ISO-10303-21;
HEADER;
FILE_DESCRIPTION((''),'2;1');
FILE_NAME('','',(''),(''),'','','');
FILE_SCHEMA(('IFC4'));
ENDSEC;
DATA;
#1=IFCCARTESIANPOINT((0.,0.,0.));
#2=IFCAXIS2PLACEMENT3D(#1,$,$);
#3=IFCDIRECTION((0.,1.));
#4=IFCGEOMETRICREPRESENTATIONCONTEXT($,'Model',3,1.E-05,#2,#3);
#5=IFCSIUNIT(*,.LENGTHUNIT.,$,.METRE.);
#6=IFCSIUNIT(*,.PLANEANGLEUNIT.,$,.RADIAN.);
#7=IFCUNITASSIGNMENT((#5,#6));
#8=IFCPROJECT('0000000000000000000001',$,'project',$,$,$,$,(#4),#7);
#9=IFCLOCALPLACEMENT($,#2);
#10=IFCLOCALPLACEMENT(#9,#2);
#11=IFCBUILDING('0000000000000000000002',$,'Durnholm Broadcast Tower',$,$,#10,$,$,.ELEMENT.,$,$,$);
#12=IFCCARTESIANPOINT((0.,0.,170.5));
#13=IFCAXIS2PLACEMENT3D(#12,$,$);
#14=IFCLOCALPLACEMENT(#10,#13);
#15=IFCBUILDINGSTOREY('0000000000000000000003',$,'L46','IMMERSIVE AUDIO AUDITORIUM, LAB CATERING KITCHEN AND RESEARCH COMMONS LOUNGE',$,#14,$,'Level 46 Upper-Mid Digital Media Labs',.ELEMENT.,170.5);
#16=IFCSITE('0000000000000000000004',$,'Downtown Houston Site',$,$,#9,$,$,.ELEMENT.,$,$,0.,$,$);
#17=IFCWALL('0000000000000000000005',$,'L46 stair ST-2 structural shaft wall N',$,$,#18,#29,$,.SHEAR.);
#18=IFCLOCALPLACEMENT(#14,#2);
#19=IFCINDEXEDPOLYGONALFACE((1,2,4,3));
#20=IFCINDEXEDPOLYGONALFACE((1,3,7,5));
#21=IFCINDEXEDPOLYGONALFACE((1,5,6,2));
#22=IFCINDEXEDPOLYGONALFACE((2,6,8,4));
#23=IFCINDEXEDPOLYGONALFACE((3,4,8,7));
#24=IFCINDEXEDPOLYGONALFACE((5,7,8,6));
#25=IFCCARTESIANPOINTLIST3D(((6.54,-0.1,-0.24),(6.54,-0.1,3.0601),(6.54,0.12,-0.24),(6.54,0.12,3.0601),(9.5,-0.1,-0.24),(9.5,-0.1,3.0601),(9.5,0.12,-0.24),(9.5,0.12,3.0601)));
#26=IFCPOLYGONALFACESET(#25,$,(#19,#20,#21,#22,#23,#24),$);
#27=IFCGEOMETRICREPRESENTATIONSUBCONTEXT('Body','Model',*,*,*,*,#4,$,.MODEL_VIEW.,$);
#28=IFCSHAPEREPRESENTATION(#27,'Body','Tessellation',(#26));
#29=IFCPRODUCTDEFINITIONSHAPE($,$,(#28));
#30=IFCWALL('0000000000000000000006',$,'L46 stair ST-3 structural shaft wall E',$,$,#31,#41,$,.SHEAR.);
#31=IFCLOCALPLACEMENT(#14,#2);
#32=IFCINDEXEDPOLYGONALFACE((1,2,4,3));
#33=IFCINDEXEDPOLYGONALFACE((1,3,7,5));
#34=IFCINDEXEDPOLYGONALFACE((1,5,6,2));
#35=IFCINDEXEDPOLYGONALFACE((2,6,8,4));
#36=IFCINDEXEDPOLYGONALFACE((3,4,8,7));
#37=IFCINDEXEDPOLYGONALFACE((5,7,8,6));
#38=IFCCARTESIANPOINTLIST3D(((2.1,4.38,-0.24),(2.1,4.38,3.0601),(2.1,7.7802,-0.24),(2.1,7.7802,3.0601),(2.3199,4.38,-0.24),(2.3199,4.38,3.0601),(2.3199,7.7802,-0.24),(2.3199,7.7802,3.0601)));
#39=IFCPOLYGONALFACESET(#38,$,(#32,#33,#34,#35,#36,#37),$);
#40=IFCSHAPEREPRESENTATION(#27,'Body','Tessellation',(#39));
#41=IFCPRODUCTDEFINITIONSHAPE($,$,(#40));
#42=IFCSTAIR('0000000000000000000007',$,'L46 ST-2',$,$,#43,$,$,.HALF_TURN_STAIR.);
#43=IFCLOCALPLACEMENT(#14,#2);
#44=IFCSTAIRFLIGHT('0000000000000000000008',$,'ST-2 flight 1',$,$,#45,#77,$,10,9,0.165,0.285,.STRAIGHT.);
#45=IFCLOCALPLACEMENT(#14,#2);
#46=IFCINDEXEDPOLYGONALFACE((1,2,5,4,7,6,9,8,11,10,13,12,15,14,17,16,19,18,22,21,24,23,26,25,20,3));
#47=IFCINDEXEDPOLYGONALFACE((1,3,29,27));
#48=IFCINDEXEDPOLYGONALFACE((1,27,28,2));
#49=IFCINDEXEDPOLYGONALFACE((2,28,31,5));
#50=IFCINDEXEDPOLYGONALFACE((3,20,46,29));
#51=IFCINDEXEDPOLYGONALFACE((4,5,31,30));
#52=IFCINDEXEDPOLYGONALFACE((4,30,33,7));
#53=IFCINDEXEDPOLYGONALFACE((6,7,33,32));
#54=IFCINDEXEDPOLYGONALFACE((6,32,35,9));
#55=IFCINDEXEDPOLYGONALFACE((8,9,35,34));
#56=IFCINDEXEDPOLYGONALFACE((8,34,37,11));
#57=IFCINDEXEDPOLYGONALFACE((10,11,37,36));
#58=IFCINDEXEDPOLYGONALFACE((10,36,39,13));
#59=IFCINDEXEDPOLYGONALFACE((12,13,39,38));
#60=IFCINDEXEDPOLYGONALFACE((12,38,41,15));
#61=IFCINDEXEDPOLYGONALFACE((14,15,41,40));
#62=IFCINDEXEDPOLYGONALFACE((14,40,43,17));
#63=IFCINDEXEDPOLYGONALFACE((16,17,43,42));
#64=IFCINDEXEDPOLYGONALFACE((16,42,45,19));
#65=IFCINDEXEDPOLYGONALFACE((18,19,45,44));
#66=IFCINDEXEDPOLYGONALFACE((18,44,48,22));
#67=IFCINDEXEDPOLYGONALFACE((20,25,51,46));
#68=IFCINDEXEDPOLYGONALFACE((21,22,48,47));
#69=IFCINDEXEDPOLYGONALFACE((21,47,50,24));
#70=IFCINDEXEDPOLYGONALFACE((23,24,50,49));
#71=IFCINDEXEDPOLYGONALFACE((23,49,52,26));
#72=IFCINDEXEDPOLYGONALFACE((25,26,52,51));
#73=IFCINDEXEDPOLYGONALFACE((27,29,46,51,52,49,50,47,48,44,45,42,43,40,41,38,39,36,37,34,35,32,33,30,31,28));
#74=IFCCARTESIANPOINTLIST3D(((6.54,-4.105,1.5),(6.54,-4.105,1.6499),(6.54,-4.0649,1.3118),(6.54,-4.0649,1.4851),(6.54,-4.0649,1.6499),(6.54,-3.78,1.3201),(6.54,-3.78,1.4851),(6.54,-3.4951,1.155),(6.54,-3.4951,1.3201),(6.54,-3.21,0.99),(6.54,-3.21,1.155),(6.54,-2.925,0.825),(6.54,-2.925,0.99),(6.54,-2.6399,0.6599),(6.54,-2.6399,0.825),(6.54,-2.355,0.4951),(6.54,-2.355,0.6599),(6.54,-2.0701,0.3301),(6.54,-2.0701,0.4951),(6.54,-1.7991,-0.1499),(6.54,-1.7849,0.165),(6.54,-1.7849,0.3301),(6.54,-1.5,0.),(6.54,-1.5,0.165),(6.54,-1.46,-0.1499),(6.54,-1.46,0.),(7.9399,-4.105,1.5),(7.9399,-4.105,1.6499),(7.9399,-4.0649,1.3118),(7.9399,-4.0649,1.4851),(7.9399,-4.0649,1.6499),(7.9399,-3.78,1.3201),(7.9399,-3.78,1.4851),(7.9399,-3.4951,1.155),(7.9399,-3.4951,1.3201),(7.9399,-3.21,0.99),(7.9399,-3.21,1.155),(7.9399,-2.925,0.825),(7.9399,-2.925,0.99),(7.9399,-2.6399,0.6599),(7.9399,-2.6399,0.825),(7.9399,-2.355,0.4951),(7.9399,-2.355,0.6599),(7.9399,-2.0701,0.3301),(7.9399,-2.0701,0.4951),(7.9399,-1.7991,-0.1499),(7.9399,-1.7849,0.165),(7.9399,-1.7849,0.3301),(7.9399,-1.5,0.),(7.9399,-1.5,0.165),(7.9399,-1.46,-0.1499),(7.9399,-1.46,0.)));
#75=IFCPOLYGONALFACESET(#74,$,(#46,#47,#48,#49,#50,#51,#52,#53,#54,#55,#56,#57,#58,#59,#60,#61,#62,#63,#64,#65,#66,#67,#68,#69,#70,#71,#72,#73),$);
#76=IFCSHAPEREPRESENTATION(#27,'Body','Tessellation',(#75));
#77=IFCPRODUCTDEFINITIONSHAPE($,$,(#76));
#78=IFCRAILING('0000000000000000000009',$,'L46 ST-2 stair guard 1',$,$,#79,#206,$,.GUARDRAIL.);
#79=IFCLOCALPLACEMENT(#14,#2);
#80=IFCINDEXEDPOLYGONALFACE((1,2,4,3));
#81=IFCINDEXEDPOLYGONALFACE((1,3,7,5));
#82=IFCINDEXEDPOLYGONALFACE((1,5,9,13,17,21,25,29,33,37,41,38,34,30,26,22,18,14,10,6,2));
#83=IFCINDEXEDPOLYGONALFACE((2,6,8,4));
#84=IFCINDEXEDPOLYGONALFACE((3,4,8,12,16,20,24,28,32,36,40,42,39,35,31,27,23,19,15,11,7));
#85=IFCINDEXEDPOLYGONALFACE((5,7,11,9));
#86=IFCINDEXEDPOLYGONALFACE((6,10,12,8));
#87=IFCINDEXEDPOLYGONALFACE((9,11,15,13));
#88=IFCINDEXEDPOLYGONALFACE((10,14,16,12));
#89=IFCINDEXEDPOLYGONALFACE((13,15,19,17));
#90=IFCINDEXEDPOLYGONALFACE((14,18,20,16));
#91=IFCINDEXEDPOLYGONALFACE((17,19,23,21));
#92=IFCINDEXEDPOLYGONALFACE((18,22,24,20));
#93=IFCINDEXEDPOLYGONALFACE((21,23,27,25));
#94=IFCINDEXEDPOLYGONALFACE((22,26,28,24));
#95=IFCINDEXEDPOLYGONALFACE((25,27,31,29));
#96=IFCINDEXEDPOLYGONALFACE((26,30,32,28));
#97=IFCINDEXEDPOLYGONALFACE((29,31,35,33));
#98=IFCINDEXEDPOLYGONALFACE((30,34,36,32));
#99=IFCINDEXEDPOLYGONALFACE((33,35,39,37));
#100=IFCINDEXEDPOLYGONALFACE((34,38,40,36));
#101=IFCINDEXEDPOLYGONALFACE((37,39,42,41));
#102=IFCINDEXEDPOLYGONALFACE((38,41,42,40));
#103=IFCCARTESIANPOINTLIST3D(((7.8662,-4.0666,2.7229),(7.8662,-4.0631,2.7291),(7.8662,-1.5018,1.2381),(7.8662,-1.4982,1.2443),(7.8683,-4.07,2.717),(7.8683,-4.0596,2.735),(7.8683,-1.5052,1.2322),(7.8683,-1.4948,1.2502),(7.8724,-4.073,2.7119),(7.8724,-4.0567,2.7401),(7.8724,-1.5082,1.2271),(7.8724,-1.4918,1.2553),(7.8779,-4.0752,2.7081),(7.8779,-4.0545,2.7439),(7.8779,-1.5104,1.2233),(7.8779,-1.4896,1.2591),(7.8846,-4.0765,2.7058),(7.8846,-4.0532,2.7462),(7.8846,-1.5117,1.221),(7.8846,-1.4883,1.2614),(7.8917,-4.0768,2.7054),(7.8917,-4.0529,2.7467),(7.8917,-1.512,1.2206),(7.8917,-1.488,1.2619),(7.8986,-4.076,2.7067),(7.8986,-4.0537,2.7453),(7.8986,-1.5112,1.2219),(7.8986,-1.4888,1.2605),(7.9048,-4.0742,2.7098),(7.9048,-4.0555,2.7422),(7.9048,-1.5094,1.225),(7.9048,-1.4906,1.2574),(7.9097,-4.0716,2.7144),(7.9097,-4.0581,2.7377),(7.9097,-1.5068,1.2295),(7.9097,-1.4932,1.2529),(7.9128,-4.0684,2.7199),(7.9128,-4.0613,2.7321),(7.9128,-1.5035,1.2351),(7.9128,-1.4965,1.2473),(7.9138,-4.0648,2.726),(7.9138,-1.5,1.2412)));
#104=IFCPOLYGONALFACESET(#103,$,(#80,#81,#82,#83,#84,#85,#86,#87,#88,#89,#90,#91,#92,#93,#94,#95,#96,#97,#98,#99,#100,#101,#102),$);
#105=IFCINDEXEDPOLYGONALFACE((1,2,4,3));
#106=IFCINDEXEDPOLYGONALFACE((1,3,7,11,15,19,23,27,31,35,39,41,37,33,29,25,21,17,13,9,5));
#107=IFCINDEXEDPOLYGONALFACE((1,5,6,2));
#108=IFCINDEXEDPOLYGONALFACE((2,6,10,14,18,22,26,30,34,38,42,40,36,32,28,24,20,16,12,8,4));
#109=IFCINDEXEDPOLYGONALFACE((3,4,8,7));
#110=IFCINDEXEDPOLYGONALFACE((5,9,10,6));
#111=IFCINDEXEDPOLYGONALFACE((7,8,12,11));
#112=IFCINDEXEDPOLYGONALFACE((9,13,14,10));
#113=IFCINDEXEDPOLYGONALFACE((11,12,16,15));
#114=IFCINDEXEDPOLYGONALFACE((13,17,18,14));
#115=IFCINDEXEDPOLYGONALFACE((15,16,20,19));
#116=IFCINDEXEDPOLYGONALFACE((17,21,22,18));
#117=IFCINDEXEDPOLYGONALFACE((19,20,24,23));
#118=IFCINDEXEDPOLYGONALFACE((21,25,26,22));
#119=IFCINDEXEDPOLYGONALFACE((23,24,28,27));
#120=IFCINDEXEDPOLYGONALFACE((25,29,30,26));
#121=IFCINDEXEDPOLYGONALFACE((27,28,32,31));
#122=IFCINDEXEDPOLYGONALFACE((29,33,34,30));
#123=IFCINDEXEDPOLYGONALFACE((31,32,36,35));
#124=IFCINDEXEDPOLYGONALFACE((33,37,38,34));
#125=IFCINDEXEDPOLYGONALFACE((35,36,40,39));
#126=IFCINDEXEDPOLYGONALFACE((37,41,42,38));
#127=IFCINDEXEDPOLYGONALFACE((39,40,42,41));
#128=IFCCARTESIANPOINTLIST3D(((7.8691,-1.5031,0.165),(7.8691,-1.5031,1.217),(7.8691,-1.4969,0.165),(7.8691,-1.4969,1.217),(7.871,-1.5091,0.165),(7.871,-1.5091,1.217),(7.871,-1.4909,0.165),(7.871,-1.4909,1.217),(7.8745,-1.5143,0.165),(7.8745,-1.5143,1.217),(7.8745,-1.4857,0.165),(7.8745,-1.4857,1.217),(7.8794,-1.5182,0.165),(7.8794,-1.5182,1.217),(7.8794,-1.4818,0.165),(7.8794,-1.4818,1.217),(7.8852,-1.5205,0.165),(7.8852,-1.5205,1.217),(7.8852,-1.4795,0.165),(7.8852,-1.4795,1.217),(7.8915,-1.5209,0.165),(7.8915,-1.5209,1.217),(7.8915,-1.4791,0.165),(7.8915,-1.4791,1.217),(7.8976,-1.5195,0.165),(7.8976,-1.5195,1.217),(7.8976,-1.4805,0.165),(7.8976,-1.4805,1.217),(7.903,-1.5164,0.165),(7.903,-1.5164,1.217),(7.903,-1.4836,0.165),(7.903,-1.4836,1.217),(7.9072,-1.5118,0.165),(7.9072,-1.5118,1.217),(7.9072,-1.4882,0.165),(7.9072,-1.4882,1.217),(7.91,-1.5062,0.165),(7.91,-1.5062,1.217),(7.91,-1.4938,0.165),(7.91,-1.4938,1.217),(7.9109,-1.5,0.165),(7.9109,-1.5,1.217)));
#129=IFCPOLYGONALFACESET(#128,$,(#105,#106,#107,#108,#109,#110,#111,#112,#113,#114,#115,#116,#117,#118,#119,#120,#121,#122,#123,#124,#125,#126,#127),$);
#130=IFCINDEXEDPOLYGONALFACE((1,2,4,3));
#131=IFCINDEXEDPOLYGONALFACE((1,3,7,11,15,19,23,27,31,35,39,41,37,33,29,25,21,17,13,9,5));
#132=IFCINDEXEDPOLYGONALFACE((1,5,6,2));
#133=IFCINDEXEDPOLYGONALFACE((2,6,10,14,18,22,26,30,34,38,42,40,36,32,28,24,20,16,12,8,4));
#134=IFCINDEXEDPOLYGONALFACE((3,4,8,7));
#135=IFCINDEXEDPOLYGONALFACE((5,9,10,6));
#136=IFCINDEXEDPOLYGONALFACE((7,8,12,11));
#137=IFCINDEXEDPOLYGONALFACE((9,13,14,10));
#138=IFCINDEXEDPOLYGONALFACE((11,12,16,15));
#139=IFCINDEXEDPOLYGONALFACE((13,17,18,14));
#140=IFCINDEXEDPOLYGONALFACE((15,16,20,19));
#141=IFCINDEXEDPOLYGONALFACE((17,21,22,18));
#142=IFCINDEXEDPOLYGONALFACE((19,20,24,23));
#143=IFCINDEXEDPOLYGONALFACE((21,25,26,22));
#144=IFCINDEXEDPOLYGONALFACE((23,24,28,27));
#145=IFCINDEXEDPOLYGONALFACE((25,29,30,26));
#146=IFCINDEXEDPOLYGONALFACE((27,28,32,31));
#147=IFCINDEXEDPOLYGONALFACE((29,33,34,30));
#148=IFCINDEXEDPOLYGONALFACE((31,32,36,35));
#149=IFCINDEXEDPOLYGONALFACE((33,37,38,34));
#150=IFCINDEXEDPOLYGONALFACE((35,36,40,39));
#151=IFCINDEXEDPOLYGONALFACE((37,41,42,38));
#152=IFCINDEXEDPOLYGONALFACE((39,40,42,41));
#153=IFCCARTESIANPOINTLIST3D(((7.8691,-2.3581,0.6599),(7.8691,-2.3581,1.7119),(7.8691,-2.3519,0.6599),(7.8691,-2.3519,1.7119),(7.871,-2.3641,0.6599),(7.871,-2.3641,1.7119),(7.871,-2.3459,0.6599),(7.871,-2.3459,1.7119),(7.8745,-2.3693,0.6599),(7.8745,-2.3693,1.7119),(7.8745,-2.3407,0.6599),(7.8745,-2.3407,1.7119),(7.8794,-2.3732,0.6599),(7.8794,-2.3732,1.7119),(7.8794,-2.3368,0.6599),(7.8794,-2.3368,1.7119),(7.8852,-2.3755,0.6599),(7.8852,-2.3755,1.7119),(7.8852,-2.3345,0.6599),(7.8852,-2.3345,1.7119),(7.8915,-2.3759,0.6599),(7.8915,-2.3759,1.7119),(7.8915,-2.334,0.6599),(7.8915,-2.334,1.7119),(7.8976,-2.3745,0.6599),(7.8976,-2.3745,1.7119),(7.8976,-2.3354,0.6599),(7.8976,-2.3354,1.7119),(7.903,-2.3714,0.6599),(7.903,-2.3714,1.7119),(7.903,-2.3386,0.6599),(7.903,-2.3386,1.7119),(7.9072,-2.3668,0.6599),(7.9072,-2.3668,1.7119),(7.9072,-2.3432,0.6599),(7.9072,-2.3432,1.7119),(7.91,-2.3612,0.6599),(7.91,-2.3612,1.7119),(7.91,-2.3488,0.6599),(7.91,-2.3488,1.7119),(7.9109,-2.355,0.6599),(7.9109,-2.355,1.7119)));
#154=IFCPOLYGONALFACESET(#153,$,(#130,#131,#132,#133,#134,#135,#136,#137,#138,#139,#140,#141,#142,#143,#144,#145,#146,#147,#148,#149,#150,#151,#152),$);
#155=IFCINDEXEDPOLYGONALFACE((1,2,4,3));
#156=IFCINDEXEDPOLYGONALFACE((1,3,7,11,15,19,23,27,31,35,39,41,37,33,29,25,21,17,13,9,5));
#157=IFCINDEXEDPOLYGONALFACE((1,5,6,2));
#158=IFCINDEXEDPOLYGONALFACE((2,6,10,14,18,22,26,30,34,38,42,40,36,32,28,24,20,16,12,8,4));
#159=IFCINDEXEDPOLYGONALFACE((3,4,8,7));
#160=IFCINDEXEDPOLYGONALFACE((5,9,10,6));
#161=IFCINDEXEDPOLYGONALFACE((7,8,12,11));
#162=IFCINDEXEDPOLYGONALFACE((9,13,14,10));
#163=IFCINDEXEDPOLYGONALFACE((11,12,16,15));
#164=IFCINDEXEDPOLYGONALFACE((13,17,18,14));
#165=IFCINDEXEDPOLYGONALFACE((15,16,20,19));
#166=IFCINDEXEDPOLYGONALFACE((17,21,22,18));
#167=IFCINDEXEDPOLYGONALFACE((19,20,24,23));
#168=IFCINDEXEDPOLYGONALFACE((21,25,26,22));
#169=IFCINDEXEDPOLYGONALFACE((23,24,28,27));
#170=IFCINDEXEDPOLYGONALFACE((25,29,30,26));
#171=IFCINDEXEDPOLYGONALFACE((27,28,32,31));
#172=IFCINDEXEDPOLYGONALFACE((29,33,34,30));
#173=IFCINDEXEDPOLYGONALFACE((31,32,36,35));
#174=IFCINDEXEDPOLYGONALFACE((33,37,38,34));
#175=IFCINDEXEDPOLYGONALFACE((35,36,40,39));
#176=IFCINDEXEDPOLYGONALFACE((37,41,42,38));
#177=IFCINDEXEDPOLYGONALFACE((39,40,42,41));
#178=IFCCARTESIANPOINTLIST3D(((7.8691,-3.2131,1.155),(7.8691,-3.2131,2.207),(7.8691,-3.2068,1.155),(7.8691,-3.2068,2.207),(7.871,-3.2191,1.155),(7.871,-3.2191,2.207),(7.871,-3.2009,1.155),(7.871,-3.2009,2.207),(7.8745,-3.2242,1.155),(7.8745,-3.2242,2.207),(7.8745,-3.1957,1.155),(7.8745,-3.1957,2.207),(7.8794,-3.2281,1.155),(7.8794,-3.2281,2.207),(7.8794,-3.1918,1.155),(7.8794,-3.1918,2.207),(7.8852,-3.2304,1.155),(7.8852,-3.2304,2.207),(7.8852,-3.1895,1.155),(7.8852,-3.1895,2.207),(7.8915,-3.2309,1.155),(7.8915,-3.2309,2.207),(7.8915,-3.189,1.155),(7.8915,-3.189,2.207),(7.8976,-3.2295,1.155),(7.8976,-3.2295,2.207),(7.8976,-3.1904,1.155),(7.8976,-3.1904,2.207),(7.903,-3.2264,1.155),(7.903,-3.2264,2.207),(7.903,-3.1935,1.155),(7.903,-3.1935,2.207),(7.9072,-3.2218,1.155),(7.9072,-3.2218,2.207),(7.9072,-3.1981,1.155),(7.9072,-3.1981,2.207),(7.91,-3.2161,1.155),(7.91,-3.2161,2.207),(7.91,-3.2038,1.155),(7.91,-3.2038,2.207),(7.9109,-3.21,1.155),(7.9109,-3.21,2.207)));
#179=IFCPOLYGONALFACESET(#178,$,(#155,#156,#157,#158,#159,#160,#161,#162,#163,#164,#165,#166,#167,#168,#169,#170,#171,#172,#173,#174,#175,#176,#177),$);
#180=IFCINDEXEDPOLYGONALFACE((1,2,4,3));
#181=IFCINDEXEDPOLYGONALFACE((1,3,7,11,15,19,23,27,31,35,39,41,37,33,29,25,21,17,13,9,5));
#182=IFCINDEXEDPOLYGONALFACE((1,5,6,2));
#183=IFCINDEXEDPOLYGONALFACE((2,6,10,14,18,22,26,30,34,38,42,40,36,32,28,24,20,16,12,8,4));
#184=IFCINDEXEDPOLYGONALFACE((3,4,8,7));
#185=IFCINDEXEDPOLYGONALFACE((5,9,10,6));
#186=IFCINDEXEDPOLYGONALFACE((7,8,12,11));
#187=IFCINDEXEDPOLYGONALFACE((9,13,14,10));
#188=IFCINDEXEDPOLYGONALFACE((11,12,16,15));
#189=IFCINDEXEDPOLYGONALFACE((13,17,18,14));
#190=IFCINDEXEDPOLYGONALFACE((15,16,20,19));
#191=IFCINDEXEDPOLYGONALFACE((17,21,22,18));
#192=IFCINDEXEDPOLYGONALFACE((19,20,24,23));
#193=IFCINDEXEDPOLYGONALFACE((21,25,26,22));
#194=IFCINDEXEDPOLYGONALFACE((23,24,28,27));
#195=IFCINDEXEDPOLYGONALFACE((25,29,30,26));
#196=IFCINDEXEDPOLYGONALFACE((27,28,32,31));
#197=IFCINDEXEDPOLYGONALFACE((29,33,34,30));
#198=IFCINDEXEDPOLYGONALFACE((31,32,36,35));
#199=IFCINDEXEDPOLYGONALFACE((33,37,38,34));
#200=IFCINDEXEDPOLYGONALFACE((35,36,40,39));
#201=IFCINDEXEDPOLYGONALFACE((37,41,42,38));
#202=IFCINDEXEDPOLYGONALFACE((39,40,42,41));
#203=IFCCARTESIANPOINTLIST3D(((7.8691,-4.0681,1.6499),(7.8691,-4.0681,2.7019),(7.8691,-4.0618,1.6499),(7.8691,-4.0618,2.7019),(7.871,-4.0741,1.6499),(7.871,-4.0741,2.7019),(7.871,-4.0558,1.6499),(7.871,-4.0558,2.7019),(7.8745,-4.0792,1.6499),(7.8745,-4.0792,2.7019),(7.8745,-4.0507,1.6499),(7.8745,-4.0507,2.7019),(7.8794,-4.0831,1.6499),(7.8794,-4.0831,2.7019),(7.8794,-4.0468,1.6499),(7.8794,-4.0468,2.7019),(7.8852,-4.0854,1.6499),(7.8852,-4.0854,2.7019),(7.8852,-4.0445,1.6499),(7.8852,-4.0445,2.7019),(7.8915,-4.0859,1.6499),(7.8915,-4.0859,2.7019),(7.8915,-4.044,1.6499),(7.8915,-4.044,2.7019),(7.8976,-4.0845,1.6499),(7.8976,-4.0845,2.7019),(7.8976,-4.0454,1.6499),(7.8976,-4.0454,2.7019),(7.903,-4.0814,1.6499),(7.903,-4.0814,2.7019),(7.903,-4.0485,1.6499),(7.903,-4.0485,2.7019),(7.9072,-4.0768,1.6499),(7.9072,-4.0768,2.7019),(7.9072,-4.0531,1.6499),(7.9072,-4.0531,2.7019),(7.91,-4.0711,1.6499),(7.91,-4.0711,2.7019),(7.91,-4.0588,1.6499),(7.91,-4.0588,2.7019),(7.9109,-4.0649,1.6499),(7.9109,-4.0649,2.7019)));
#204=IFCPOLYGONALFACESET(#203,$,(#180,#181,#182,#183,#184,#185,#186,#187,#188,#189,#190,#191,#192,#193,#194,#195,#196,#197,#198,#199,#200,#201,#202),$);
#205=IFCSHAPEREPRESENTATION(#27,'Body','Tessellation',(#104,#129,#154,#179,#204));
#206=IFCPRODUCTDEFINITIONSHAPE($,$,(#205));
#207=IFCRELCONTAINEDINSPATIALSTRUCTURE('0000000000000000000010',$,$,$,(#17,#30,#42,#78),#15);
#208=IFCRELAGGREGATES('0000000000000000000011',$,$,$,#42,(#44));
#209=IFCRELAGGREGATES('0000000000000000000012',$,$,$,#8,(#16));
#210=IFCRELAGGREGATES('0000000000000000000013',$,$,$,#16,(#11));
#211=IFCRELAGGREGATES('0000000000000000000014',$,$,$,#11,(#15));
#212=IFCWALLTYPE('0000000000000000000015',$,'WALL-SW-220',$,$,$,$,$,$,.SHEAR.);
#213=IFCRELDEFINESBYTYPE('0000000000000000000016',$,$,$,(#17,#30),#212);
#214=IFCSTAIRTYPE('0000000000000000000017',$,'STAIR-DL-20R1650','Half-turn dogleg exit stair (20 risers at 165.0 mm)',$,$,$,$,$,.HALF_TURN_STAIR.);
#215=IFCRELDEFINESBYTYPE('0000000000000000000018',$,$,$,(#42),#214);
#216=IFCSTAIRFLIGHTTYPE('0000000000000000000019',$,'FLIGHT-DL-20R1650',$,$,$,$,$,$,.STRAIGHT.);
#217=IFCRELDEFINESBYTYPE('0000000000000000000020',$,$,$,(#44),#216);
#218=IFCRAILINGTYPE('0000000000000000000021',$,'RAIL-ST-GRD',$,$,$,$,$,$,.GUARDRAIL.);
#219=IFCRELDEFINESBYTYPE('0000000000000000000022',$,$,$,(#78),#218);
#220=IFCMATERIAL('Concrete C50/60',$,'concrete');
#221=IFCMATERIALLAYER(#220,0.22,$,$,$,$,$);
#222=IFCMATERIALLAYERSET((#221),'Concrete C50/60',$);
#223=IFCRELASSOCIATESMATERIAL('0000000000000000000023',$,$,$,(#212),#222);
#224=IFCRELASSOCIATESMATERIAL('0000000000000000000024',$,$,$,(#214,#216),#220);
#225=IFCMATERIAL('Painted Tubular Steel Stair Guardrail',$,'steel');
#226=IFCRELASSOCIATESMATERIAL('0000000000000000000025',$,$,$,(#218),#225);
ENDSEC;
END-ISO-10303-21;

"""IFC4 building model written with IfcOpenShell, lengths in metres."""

from ifc_helpers import new_model, si_unit, direction, frame, frame_2d, origin, origin_2d, place, context, subcontext, project, spatial, polyline, rectangle, circle, outline, extrude, material, layer, layer_set, type_object, element, aggregate, save


model = new_model("IFC4")

# Units and contexts
model_context = context("Model", 3, precision=1e-05, world=origin(), true_north=direction((0.0, 1.0)))
body_context = subcontext(model_context, "Body", "Model", "MODEL_VIEW")
ifc_project = project(units=[si_unit("LENGTHUNIT", "METRE"), si_unit("PLANEANGLEUNIT", "RADIAN")], contexts=[model_context])

# Site, building, storey
site_placement = place(None, origin())
site = spatial("IfcSite", under=ifc_project, at=site_placement, Name="Downtown Houston Site", CompositionType="ELEMENT", RefElevation=0.0)
building_placement = place(site_placement, origin())
building = spatial("IfcBuilding", under=site, at=building_placement, Name="Durnholm Broadcast Tower", CompositionType="ELEMENT")
storey_placement = place(building_placement, frame((0.0, 0.0, 170.5)))
storey = spatial("IfcBuildingStorey", under=building, at=storey_placement, Name="L46", Description="IMMERSIVE AUDIO AUDITORIUM, LAB CATERING KITCHEN AND RESEARCH COMMONS LOUNGE", LongName="Level 46 Upper-Mid Digital Media Labs", CompositionType="ELEMENT", Elevation=170.5)

# Shared definitions
ifc_material_1 = material(Name="Concrete C50/60", Category="concrete")
ifc_layer_1 = layer(ifc_material_1, 0.22)
ifc_layer_set_1 = layer_set([ifc_layer_1], Name="Concrete C50/60")
wall_type_1 = type_object("IfcWallType", Name="WALL-SW-220", PredefinedType="SHEAR", material=ifc_layer_set_1)

# Walls
wall_1_placement = place(storey_placement, frame((9.5, 0.01, -0.24), z_axis=(0.0, 0.0, 1.0), x_axis=(-1.0, 0.0, 0.0)))
element("IfcWall", 1, at=wall_1_placement, inside=storey, type_object=wall_type_1, Name="L46 stair ST-2 structural shaft wall N", PredefinedType="SHEAR", context=body_context, shape_type="SweptSolid", body=[
    extrude(rectangle(XDim=2.96, YDim=0.22, at=frame_2d((1.48, 0.0))), origin(), (0.0, 0.0, 1.0), 3.3),
])
wall_2_placement = place(storey_placement, frame((2.21, 4.3799, -0.24), z_axis=(0.0, 0.0, 1.0), x_axis=(0.0, 1.0, 0.0)))
element("IfcWall", 2, at=wall_2_placement, inside=storey, type_object=wall_type_1, Name="L46 stair ST-3 structural shaft wall E", PredefinedType="SHEAR", context=body_context, shape_type="SweptSolid", body=[
    extrude(rectangle(XDim=3.4001, YDim=0.22, at=frame_2d((1.7002, 0.0))), origin(), (0.0, 0.0, 1.0), 3.3),
])

# Stair, stair flight
stair_type = type_object("IfcStairType", Name="STAIR-DL-20R1650", Description="Half-turn dogleg exit stair (20 risers at 165.0 mm)", PredefinedType="HALF_TURN_STAIR", material=ifc_material_1)
stair_placement = place(storey_placement, origin())
stair = element("IfcStair", 3, at=stair_placement, inside=storey, type_object=stair_type, Name="L46 ST-2", PredefinedType="HALF_TURN_STAIR")
stair_flight_type = type_object("IfcStairFlightType", Name="FLIGHT-DL-20R1650", PredefinedType="STRAIGHT", material=ifc_material_1)
stair_flight_placement = place(storey_placement, frame((7.24, -1.5, 0.0), z_axis=(0.0, 0.0, 1.0), x_axis=(0.0, -1.0, 0.0)))
stair_flight = element("IfcStairFlight", 4, at=stair_flight_placement, type_object=stair_flight_type, Name="ST-2 flight 1", NumberOfRisers=10, NumberOfTreads=9, PredefinedType="STRAIGHT", RiserHeight=0.165, TreadLength=0.285, context=body_context, shape_type="SweptSolid", body=[
    extrude(outline(polyline([(-0.04, -0.1499), (-0.04, 0.0), (0.0, 0.0), (0.0, 0.165), (0.2849, 0.165), (0.2849, 0.3301), (0.5701, 0.3301), (0.5701, 0.4951), (0.855, 0.4951), (0.855, 0.6599), (1.1399, 0.6599), (1.1399, 0.825), (1.425, 0.825), (1.425, 0.99), (1.71, 0.99), (1.71, 1.155), (1.9951, 1.155), (1.9951, 1.3201), (2.28, 1.3201), (2.28, 1.4851), (2.5649, 1.4851), (2.5649, 1.6499), (2.605, 1.6499), (2.605, 1.5), (2.5649, 1.3118), (0.2991, -0.1499), (-0.04, -0.1499)])), frame((0.0, 0.7, 0.0), z_axis=(0.0, -1.0, 0.0), x_axis=(1.0, 0.0, 0.0)), (0.0, 0.0, 1.0), 1.3999),
])
aggregate(stair, [stair_flight])

# Railing
ifc_material_2 = material(Name="Painted Tubular Steel Stair Guardrail", Category="steel")
railing_type = type_object("IfcRailingType", Name="RAIL-ST-GRD", PredefinedType="GUARDRAIL", material=ifc_material_2)
railing_1_placement = place(storey_placement, frame((7.8899, -1.5, 0.165)))
element("IfcRailing", 5, at=railing_1_placement, inside=storey, type_object=railing_type, Name="L46 ST-2 stair guard 1", PredefinedType="GUARDRAIL", context=body_context, shape_type="SweptSolid", body=[
    extrude(circle(Radius=0.0239, at=origin_2d()), frame((0.0, 0.0, 1.0762), z_axis=(0.0, -0.865441, 0.50101), x_axis=(1.0, 0.0, 0.0)), (0.0, 0.0, 1.0), 2.9636),
    extrude(circle(Radius=0.021, at=origin_2d()), origin(), (0.0, 0.0, 1.0), 1.052),
    extrude(circle(Radius=0.021, at=origin_2d()), frame((0.0, -0.855, 0.4949)), (0.0, 0.0, 1.0), 1.052),
    extrude(circle(Radius=0.021, at=origin_2d()), frame((0.0, -1.71, 0.99)), (0.0, 0.0, 1.0), 1.052),
    extrude(circle(Radius=0.021, at=origin_2d()), frame((0.0, -2.5649, 1.4849)), (0.0, 0.0, 1.0), 1.052),
])

save(model, "model.ifc")
